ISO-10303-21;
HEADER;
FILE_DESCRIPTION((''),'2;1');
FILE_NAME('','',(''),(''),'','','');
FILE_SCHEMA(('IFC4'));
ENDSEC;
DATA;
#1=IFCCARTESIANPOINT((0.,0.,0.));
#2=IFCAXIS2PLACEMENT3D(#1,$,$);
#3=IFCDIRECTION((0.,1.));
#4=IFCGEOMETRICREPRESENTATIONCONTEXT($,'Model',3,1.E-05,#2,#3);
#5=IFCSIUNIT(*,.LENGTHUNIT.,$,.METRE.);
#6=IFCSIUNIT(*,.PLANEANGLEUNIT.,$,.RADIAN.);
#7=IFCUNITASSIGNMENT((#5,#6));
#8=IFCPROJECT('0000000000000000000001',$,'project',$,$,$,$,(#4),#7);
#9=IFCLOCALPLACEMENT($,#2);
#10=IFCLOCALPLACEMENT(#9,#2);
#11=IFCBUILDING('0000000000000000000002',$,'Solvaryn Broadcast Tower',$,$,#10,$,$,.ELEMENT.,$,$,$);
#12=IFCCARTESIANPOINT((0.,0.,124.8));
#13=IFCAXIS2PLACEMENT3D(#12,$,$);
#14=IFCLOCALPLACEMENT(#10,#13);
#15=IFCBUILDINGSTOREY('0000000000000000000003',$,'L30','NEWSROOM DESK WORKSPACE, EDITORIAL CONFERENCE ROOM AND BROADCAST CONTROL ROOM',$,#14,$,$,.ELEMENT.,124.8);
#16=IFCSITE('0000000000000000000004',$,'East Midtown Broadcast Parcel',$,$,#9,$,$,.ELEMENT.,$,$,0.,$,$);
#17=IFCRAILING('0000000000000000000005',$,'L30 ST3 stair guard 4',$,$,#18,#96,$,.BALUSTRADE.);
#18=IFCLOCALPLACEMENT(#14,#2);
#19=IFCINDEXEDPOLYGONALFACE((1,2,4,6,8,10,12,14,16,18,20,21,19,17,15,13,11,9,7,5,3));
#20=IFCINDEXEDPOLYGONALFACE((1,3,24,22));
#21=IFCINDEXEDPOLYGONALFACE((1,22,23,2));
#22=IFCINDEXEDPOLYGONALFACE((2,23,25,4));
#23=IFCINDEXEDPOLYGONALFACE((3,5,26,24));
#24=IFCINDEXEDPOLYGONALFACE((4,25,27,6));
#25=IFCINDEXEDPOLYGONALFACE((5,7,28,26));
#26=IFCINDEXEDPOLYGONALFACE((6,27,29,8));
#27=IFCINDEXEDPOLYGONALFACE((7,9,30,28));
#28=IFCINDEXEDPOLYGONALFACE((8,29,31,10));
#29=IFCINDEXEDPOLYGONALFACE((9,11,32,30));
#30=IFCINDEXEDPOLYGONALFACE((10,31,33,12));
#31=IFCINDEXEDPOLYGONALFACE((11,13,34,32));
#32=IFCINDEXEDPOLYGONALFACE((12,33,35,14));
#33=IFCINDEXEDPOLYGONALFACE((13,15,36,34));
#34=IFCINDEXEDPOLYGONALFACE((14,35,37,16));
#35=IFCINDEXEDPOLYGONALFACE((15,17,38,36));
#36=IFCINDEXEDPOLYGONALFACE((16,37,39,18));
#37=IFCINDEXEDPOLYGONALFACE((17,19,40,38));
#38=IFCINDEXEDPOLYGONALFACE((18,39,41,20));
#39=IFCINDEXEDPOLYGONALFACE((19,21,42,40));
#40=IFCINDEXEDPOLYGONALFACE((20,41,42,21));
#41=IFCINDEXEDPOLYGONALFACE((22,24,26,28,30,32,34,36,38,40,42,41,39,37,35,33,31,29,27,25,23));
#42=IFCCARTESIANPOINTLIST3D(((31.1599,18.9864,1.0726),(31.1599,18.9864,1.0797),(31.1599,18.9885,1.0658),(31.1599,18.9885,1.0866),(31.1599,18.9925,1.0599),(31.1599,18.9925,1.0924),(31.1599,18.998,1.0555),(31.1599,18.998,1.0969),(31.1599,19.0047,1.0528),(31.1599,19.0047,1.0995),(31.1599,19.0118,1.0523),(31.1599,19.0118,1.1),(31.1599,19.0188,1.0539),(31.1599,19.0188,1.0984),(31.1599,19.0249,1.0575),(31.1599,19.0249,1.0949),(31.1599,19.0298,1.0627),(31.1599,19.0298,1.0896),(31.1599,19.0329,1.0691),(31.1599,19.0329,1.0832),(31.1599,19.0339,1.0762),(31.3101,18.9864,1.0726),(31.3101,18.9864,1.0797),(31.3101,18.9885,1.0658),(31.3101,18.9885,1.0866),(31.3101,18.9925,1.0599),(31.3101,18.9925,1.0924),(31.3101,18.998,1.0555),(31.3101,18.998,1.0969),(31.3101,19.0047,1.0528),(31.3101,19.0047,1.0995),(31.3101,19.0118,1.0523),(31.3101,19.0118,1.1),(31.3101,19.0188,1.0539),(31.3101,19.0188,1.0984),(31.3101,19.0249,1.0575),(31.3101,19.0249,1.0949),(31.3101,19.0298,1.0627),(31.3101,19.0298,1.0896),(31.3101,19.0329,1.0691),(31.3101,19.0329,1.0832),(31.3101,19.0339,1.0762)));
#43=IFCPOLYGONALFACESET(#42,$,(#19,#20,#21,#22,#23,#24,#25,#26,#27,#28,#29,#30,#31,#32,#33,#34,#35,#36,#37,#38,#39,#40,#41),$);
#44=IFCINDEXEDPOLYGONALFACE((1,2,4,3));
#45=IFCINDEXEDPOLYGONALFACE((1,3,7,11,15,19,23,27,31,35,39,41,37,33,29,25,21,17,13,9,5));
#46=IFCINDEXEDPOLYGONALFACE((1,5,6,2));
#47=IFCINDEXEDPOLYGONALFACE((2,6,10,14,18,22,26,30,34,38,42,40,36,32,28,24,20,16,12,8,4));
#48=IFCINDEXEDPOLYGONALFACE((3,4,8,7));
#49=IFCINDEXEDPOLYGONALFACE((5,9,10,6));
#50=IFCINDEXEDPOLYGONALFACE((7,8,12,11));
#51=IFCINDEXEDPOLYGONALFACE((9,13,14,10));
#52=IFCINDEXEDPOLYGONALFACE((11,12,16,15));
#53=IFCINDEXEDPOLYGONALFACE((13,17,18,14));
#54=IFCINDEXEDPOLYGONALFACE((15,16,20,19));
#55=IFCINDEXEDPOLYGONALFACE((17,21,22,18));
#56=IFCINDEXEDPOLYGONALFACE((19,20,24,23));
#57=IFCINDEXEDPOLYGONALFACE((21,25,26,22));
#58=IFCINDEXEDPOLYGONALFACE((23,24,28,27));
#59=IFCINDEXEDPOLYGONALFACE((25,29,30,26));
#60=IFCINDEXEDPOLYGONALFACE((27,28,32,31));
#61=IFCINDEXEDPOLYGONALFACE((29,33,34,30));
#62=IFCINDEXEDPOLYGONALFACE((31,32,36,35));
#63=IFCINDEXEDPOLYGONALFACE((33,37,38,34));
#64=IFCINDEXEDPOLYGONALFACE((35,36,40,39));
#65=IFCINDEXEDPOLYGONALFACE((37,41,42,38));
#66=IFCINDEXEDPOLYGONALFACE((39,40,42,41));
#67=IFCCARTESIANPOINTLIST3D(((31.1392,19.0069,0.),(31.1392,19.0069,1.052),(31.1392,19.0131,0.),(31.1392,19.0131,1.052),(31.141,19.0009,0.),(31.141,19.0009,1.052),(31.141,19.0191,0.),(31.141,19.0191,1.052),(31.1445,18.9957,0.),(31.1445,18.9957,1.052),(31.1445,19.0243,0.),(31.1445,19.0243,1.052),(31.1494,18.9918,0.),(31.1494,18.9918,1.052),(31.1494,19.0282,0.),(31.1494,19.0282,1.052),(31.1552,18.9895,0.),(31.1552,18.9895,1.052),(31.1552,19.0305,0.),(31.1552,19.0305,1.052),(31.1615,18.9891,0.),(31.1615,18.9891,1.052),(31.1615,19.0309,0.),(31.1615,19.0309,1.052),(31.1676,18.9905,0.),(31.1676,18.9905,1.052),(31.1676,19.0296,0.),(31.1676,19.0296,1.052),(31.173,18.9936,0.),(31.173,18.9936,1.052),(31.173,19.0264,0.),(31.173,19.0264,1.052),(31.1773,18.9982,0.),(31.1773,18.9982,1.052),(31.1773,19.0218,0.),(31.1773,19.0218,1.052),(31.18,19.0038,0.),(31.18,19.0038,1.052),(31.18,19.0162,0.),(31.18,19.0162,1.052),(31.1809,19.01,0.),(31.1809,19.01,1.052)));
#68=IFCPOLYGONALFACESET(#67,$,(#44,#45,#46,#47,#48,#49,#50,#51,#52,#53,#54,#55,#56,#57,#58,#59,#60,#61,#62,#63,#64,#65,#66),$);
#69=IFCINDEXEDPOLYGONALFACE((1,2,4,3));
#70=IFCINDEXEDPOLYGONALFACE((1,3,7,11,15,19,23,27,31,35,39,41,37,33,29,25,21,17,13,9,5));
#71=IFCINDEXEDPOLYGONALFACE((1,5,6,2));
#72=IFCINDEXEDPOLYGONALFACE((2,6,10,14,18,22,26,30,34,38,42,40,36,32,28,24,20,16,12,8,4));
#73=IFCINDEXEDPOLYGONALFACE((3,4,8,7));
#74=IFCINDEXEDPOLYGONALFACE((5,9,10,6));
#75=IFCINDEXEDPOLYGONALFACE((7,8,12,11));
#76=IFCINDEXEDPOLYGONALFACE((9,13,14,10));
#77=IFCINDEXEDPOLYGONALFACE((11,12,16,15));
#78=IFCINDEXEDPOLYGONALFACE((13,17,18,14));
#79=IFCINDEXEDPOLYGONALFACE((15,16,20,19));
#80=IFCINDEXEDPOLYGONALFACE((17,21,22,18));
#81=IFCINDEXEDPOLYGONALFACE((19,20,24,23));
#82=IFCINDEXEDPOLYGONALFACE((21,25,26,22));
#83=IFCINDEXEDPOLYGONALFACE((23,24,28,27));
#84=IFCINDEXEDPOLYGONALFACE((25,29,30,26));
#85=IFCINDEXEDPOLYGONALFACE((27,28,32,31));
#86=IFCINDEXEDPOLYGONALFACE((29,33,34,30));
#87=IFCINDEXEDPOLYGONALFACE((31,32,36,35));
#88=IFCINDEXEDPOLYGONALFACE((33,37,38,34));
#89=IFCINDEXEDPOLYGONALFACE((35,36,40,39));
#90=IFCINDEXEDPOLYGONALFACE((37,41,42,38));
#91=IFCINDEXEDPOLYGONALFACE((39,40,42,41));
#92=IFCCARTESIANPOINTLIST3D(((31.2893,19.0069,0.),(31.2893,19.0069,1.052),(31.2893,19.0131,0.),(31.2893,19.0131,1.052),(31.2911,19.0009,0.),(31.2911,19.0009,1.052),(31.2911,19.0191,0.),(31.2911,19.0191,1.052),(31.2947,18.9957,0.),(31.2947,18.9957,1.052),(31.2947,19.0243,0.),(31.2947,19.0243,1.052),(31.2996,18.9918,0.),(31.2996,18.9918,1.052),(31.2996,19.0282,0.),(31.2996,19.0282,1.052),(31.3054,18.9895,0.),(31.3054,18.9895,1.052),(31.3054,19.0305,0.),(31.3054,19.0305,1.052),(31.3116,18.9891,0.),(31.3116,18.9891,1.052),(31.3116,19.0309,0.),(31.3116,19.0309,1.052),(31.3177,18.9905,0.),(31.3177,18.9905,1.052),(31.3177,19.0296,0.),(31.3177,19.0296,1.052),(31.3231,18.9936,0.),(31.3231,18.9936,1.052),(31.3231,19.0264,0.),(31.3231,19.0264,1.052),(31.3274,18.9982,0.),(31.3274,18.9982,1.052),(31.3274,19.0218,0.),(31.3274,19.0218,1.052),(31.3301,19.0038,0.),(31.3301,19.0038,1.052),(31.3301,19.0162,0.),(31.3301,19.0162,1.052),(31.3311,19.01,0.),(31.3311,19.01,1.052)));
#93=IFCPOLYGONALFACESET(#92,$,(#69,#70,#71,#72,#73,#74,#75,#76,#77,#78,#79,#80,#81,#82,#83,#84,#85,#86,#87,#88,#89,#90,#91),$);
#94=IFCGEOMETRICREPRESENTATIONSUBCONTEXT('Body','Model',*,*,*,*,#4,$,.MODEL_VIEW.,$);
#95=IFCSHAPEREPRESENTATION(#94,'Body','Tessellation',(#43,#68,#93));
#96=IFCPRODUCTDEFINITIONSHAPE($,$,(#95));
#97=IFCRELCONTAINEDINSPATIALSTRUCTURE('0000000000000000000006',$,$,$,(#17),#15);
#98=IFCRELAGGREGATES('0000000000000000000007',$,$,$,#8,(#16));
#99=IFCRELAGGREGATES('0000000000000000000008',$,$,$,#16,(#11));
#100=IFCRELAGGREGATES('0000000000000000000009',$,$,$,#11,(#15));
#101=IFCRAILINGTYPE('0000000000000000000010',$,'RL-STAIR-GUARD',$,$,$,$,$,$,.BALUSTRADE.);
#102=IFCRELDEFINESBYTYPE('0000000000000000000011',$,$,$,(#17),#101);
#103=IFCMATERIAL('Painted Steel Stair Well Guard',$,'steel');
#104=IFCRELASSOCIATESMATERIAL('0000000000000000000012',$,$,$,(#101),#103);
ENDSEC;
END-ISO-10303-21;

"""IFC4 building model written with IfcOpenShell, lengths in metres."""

from ifc_helpers import new_model, si_unit, direction, frame, origin, origin_2d, place, context, subcontext, project, spatial, circle, extrude, material, type_object, element, save


model = new_model("IFC4")

# Units and contexts
model_context = context("Model", 3, precision=1e-05, world=origin(), true_north=direction((0.0, 1.0)))
body_context = subcontext(model_context, "Body", "Model", "MODEL_VIEW")
ifc_project = project(units=[si_unit("LENGTHUNIT", "METRE"), si_unit("PLANEANGLEUNIT", "RADIAN")], contexts=[model_context])

# Site, building, storey
site_placement = place(None, origin())
site = spatial("IfcSite", under=ifc_project, at=site_placement, Name="East Midtown Broadcast Parcel", CompositionType="ELEMENT", RefElevation=0.0)
building_placement = place(site_placement, origin())
building = spatial("IfcBuilding", under=site, at=building_placement, Name="Solvaryn Broadcast Tower", CompositionType="ELEMENT")
storey_placement = place(building_placement, frame((0.0, 0.0, 124.8)))
storey = spatial("IfcBuildingStorey", under=building, at=storey_placement, Name="L30", Description="NEWSROOM DESK WORKSPACE, EDITORIAL CONFERENCE ROOM AND BROADCAST CONTROL ROOM", CompositionType="ELEMENT", Elevation=124.8)

# Railing
ifc_material_1 = material(Name="Painted Steel Stair Well Guard", Category="steel")
railing_type_1 = type_object("IfcRailingType", Name="RL-STAIR-GUARD", PredefinedType="BALUSTRADE", material=ifc_material_1)
railing_1_placement = place(storey_placement, frame((31.1599, 19.01, 0.0)))
element("IfcRailing", 1, at=railing_1_placement, inside=storey, type_object=railing_type_1, Name="L30 ST3 stair guard 4", PredefinedType="BALUSTRADE", context=body_context, shape_type="SweptSolid", body=[
    extrude(circle(Radius=0.0239, at=origin_2d()), frame((0.0, 0.0, 1.0762), z_axis=(1.0, 0.0, 0.0), x_axis=(0.0, 1.0, 0.0)), (0.0, 0.0, 1.0), 0.1501),
    extrude(circle(Radius=0.021, at=origin_2d()), origin(), (0.0, 0.0, 1.0), 1.052),
    extrude(circle(Radius=0.021, at=origin_2d()), frame((0.1501, 0.0, 0.0)), (0.0, 0.0, 1.0), 1.052),
])

save(model, "model.ifc")
